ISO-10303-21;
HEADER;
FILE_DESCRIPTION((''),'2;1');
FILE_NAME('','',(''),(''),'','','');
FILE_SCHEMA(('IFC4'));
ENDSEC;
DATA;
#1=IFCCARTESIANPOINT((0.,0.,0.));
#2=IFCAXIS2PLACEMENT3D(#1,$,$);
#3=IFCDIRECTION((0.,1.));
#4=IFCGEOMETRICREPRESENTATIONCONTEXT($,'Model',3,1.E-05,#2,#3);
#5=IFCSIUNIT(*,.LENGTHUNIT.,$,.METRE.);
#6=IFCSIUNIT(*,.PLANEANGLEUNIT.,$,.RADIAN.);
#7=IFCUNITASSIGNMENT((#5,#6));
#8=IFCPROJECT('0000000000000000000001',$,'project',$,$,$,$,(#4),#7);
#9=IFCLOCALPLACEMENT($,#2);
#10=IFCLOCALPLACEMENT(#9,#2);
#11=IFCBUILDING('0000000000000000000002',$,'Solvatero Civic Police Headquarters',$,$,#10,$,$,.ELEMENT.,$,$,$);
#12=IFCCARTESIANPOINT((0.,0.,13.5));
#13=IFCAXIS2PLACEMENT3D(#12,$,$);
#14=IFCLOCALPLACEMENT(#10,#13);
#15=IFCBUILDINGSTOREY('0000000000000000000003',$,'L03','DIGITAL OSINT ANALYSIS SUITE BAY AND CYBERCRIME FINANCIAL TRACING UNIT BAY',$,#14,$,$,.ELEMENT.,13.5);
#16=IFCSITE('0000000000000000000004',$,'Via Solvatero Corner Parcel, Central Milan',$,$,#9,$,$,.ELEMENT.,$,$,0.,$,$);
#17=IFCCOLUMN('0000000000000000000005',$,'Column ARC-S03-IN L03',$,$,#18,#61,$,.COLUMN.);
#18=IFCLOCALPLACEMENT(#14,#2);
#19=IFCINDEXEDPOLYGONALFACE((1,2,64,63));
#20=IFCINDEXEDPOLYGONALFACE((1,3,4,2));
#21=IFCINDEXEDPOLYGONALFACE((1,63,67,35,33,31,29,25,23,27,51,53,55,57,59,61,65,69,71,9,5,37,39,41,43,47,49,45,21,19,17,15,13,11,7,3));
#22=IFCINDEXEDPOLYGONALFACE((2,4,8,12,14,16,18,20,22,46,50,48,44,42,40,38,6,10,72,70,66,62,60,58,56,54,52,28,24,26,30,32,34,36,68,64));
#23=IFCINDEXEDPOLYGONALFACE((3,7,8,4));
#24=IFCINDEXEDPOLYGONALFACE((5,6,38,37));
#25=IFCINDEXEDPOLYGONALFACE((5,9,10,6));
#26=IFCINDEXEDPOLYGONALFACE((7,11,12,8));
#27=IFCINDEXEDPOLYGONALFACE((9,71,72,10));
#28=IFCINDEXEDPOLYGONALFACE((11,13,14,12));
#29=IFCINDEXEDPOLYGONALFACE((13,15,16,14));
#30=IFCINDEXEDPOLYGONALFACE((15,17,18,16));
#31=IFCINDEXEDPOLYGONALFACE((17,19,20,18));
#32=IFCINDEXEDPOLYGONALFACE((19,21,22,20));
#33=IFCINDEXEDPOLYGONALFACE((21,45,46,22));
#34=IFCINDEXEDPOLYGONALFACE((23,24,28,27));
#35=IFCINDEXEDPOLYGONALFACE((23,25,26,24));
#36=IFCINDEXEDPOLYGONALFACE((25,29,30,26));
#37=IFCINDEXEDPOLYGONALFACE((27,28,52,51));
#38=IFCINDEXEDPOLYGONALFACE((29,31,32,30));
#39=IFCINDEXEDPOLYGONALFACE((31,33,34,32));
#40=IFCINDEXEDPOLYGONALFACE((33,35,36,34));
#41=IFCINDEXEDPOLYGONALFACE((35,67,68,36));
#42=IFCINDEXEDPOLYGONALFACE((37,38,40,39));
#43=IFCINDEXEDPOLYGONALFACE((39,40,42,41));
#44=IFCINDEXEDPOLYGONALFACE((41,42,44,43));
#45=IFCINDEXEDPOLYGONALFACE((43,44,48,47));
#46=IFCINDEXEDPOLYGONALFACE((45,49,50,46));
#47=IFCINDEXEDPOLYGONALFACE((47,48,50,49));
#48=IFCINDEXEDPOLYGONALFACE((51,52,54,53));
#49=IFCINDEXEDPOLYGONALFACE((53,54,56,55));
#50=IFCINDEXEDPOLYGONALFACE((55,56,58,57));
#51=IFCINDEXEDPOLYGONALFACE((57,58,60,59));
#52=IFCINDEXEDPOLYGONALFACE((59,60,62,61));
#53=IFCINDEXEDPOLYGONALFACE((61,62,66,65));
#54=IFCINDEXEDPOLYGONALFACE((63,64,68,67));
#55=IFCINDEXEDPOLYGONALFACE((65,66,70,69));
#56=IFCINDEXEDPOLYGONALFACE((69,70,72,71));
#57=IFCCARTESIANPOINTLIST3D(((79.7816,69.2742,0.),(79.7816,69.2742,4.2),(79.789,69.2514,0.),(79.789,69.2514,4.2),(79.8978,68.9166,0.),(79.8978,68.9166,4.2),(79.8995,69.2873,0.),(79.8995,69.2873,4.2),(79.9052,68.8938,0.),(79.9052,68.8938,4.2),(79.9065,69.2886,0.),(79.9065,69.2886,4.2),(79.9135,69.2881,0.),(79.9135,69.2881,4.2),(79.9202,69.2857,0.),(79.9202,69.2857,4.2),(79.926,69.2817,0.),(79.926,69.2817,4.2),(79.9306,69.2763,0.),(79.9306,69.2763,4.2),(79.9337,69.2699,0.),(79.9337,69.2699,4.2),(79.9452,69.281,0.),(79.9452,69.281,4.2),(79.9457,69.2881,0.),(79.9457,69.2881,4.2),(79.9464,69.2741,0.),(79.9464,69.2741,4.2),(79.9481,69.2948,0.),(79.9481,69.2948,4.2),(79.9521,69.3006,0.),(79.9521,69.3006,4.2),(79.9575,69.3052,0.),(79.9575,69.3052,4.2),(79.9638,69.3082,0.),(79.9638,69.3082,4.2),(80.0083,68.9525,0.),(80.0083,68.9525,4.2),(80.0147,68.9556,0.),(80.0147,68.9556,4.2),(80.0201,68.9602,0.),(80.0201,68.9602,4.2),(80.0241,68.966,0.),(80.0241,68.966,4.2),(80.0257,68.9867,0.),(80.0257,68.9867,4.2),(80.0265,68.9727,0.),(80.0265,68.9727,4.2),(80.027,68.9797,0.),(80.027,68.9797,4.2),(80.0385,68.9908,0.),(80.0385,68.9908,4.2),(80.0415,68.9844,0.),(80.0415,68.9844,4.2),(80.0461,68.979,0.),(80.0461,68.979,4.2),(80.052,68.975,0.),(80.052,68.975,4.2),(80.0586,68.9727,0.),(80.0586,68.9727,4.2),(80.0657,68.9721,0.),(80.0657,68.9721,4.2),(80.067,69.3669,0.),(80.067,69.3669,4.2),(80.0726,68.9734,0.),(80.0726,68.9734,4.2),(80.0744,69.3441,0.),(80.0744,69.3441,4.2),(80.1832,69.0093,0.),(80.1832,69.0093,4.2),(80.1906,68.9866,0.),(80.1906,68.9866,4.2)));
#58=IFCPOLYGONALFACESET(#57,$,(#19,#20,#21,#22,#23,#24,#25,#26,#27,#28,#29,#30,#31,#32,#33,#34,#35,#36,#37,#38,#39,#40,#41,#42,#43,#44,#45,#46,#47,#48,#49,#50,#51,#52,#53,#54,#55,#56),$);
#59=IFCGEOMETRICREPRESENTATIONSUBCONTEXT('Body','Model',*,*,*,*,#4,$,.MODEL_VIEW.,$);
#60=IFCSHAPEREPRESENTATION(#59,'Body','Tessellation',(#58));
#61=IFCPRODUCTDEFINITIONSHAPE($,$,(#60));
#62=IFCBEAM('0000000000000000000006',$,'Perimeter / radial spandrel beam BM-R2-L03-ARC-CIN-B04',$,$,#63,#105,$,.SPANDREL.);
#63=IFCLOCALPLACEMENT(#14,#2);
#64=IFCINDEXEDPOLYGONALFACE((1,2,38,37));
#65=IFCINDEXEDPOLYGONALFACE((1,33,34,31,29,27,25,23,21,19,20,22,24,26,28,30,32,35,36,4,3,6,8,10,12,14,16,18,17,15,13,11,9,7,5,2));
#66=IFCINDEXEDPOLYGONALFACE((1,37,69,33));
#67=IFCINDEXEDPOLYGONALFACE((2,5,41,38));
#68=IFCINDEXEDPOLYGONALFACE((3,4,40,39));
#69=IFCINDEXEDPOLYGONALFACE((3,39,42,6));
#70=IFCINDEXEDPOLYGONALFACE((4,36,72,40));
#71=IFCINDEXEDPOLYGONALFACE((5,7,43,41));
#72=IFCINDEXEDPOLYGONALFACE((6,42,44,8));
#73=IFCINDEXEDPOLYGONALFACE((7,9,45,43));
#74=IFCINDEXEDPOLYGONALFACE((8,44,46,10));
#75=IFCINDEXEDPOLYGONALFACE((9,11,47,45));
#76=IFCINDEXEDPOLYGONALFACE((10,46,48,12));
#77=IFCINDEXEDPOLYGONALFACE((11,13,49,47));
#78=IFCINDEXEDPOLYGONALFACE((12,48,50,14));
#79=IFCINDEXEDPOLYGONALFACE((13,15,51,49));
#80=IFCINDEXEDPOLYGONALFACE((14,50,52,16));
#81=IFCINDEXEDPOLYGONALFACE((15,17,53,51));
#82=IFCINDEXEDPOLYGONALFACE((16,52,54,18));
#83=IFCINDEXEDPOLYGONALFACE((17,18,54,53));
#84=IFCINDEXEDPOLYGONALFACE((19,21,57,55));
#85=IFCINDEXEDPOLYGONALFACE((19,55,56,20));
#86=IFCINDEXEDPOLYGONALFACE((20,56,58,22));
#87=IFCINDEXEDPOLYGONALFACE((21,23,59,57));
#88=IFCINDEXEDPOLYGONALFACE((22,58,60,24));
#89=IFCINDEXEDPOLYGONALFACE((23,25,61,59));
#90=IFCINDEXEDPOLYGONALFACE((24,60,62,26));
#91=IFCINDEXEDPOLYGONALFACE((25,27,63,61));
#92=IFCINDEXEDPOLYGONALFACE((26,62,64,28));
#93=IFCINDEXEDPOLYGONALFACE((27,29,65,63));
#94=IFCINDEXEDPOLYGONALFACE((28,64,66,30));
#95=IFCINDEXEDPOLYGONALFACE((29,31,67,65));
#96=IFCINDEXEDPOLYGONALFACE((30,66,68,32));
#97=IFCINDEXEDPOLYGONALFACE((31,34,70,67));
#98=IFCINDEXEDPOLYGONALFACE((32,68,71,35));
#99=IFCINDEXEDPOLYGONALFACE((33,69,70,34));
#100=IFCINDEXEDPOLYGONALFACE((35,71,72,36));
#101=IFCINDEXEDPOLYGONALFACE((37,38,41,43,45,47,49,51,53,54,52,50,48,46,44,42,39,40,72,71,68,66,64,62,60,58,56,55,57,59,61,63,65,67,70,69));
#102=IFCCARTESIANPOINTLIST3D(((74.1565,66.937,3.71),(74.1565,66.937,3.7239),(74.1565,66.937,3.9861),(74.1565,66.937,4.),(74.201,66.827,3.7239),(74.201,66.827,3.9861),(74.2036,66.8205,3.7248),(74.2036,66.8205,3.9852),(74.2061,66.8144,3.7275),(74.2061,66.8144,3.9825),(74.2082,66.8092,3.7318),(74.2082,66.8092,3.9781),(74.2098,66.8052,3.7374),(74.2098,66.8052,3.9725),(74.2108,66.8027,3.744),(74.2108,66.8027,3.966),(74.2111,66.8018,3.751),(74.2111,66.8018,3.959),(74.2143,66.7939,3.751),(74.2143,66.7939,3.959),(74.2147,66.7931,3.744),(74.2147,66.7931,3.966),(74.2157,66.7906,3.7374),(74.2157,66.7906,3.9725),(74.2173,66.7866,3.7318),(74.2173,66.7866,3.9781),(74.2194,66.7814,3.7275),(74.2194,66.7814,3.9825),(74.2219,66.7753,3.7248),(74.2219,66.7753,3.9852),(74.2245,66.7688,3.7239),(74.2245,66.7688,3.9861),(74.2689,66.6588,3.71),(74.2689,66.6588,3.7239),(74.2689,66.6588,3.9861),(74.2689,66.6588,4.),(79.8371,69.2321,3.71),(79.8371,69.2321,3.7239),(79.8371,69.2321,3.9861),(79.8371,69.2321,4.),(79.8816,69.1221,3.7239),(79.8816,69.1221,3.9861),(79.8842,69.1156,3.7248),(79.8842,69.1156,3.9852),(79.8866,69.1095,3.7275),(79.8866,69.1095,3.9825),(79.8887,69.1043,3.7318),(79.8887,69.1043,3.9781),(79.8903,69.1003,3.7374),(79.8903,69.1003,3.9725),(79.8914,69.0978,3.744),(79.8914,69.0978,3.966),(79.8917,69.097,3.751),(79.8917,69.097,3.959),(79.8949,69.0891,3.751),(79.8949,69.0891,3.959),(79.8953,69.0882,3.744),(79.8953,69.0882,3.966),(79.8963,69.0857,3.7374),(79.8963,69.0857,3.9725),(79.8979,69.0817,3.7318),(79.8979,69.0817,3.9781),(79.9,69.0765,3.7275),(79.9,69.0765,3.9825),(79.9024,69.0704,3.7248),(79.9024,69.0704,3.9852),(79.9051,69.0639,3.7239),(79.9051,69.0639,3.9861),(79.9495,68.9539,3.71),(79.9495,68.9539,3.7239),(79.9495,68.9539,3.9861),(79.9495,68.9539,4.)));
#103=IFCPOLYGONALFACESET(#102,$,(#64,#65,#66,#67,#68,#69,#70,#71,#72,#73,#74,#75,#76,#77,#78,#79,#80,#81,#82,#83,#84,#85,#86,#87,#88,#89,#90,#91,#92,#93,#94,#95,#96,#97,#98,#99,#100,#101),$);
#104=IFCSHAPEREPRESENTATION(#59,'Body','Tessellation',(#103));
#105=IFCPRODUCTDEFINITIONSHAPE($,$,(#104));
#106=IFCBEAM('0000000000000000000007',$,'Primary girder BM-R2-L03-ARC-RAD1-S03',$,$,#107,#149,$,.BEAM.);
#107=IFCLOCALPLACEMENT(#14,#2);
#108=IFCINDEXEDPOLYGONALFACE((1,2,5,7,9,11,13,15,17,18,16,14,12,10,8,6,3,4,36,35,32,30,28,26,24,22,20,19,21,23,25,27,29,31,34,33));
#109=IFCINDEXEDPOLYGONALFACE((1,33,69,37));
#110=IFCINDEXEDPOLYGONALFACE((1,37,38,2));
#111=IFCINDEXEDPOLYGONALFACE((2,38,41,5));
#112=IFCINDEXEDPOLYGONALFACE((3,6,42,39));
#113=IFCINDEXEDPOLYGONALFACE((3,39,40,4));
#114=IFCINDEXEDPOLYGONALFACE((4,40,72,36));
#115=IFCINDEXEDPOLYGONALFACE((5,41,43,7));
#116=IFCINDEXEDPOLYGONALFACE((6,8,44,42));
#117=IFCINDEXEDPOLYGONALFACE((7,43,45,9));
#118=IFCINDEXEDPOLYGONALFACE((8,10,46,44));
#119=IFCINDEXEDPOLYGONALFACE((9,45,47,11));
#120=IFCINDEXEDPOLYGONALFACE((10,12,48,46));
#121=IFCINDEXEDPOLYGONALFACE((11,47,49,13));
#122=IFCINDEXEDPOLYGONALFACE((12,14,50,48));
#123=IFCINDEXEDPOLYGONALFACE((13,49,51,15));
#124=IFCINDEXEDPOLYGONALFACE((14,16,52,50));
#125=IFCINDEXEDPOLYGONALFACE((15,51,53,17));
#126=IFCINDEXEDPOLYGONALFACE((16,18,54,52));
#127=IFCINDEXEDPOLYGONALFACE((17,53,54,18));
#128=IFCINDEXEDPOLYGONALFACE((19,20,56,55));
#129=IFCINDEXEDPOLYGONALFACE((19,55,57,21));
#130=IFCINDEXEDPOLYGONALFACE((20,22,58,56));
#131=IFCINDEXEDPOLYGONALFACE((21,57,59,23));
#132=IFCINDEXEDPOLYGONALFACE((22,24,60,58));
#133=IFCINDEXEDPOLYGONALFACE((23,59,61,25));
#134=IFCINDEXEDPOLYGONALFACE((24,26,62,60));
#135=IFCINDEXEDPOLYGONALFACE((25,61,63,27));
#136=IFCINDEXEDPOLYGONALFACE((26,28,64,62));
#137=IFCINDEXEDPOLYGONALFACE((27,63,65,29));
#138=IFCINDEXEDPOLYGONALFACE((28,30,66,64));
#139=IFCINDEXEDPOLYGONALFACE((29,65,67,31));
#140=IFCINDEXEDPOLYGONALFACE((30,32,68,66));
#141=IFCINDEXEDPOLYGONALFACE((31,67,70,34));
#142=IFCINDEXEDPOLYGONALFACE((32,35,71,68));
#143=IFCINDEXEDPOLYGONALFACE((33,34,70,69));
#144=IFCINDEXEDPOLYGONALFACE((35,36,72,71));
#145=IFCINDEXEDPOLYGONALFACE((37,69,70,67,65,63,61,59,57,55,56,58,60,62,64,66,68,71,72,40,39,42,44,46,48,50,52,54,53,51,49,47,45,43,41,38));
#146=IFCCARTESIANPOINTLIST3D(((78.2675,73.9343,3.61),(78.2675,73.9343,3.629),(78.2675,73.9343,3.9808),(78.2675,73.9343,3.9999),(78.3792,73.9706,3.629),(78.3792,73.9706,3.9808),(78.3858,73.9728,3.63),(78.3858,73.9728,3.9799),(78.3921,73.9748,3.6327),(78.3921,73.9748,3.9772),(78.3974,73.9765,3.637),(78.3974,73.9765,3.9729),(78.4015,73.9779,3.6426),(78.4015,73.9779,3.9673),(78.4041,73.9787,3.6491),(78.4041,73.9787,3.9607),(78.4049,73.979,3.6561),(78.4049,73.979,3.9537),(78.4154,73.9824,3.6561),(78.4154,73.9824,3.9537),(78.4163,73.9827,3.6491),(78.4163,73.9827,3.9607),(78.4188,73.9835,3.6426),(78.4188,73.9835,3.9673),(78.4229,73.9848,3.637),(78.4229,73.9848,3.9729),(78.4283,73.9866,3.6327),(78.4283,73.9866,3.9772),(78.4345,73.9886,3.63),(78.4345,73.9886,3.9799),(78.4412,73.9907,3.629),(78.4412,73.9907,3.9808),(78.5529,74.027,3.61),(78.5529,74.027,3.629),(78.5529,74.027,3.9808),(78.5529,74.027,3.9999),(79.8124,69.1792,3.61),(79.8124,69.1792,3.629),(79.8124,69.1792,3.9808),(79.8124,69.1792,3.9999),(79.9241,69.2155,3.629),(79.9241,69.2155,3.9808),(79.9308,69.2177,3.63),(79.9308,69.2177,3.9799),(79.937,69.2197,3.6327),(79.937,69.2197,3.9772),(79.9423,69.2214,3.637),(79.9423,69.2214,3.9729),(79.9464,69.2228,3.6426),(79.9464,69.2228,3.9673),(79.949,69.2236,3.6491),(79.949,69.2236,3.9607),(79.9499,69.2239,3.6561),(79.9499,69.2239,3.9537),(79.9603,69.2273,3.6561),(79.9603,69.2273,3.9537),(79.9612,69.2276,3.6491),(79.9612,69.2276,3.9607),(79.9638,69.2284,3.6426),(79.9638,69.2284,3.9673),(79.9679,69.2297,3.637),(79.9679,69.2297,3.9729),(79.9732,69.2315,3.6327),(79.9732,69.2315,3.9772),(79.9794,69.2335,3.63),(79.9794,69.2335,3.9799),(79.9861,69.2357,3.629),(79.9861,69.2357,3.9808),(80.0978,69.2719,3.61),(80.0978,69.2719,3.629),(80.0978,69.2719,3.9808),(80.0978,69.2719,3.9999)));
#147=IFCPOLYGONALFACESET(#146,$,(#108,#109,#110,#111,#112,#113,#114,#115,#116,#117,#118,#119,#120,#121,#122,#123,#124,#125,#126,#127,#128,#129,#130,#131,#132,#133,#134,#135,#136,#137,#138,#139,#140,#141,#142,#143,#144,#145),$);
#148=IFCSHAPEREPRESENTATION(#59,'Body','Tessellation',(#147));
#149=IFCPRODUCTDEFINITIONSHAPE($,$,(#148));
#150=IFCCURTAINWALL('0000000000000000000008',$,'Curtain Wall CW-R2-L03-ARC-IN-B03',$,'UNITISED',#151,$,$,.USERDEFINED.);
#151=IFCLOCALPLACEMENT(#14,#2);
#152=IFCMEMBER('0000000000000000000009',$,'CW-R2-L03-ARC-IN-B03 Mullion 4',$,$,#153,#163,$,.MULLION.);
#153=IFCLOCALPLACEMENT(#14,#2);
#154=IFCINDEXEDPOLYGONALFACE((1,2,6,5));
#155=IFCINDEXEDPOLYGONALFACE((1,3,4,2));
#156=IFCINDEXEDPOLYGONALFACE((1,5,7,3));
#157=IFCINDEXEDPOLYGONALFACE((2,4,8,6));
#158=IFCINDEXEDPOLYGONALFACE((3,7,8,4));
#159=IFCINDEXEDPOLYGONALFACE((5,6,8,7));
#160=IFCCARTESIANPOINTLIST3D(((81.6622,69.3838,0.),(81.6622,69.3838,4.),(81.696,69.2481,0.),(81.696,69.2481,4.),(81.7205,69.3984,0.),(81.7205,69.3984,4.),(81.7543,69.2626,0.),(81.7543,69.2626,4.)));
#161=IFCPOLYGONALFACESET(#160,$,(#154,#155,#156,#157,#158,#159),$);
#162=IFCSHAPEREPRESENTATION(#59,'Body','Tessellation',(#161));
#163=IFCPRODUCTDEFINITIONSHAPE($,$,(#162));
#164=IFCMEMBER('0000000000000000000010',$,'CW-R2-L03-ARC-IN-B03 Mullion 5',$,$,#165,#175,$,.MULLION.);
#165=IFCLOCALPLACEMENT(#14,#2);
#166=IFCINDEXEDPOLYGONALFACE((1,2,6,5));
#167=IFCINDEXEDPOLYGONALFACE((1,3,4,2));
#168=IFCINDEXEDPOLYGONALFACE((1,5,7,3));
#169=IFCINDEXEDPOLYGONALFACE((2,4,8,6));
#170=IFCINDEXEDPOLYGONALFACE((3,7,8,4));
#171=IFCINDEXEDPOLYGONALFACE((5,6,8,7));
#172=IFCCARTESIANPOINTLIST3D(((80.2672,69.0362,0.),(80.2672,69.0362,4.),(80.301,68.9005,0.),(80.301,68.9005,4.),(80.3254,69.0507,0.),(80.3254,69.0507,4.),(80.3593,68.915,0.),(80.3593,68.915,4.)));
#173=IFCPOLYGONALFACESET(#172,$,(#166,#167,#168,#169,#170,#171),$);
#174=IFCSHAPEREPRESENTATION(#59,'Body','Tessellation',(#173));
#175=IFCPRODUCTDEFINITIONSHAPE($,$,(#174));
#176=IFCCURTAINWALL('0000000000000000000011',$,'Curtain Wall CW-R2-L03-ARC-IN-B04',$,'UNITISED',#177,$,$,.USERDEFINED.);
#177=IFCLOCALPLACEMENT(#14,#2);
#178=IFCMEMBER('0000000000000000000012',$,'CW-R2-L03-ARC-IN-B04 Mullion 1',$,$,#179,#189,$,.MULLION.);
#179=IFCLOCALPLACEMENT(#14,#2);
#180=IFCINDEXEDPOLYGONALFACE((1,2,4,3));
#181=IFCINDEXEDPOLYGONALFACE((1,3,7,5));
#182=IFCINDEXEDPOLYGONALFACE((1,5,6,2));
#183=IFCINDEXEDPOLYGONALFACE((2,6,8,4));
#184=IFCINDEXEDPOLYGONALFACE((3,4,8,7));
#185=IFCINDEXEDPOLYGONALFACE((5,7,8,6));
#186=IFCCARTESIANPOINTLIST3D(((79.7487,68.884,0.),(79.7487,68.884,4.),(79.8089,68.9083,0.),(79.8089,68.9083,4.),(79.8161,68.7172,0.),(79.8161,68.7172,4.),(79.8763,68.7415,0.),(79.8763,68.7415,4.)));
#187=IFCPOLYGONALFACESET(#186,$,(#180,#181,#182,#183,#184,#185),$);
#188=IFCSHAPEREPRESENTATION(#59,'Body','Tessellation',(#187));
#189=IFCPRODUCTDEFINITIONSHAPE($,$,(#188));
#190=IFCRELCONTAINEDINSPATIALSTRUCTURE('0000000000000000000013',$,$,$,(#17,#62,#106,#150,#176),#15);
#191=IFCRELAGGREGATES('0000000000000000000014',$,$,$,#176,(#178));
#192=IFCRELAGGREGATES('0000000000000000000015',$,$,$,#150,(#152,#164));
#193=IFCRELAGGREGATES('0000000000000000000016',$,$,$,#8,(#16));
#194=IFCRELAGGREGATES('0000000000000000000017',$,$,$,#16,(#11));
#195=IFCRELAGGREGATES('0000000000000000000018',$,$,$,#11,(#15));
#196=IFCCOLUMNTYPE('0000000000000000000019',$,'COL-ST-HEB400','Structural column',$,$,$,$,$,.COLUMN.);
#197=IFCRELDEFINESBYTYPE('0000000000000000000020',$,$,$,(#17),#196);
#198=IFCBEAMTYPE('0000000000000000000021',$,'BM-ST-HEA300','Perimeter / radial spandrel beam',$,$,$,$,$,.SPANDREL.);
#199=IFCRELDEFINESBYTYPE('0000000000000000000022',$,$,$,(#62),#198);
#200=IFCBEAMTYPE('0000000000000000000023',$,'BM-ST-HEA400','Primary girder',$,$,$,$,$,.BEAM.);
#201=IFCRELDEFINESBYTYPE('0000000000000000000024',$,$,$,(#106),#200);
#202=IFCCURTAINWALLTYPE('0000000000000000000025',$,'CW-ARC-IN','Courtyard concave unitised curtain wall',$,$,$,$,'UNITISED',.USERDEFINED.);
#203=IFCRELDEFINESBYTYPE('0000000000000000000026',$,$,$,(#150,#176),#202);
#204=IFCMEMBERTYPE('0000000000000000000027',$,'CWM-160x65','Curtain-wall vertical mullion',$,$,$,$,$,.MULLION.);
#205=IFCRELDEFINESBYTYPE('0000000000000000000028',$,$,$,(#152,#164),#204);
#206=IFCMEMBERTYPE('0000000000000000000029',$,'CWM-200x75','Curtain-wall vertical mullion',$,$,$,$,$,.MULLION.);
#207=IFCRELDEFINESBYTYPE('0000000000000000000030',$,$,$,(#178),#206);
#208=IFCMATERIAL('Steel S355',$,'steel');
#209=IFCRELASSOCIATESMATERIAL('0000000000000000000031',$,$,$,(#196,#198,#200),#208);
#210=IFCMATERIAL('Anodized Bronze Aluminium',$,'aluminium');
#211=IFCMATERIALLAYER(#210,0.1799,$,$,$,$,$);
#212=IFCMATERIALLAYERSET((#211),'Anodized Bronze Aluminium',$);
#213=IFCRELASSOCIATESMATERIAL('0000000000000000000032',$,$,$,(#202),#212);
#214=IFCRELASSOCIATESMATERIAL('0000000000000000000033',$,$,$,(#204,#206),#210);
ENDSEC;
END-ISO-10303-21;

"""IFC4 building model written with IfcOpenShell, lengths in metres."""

from ifc_helpers import new_model, si_unit, direction, frame, origin, origin_2d, place, context, subcontext, project, spatial, rectangle, i_section, extrude, material, layer, layer_set, material_profile, profile_set, type_object, element, aggregate, save


model = new_model("IFC4")

# Units and contexts
model_context = context("Model", 3, precision=1e-05, world=origin(), true_north=direction((0.0, 1.0)))
body_context = subcontext(model_context, "Body", "Model", "MODEL_VIEW")
ifc_project = project(units=[si_unit("LENGTHUNIT", "METRE"), si_unit("PLANEANGLEUNIT", "RADIAN")], contexts=[model_context])

# Site, building, storey
site_placement = place(None, origin())
site = spatial("IfcSite", under=ifc_project, at=site_placement, Name="Via Solvatero Corner Parcel, Central Milan", CompositionType="ELEMENT", RefElevation=0.0)
building_placement = place(site_placement, origin())
building = spatial("IfcBuilding", under=site, at=building_placement, Name="Solvatero Civic Police Headquarters", CompositionType="ELEMENT")
storey_placement = place(building_placement, frame((0.0, 0.0, 13.5)))
storey = spatial("IfcBuildingStorey", under=building, at=storey_placement, Name="L03", Description="DIGITAL OSINT ANALYSIS SUITE BAY AND CYBERCRIME FINANCIAL TRACING UNIT BAY", CompositionType="ELEMENT", Elevation=13.5)

# Column
ifc_material_1 = material(Name="Steel S355", Category="steel")
ifc_material_profile_1 = material_profile(ifc_material_1, i_section(OverallWidth=0.3, OverallDepth=0.3999, WebThickness=0.0134, FlangeThickness=0.0239, FilletRadius=0.0271, at=origin_2d()), Name="HEB 400")
ifc_profile_set_1 = profile_set([ifc_material_profile_1], Name="Steel S355")
column_type = type_object("IfcColumnType", Name="COL-ST-HEB400", Description="Structural column", PredefinedType="COLUMN", material=ifc_profile_set_1)
column_placement = place(storey_placement, frame((79.9861, 69.1304, 0.0), z_axis=(0.0, 0.0, 1.0), x_axis=(0.951057, 0.309017, 0.0)))
element("IfcColumn", 1, at=column_placement, inside=storey, type_object=column_type, Name="Column ARC-S03-IN L03", PredefinedType="COLUMN", context=body_context, shape_type="SweptSolid", body=[
    extrude(i_section(OverallWidth=0.3, OverallDepth=0.3999, WebThickness=0.0134, FlangeThickness=0.0239, FilletRadius=0.0271, at=origin_2d()), origin(), (0.0, 0.0, 1.0), 4.2),
])

# Beams
ifc_material_profile_2 = material_profile(ifc_material_1, i_section(OverallWidth=0.3, OverallDepth=0.29, WebThickness=0.0085, FlangeThickness=0.0139, FilletRadius=0.0271, at=origin_2d()), Name="HEA 300")
ifc_profile_set_2 = profile_set([ifc_material_profile_2], Name="Steel S355")
beam_type_1 = type_object("IfcBeamType", Name="BM-ST-HEA300", Description="Perimeter / radial spandrel beam", PredefinedType="SPANDREL", material=ifc_profile_set_2)
beam_1_placement = place(storey_placement, frame((79.8933, 69.093, 3.855), z_axis=(-0.927182, -0.374611, 0.0), x_axis=(0.374611, -0.927182, 0.0)))
element("IfcBeam", 2, at=beam_1_placement, inside=storey, type_object=beam_type_1, Name="Perimeter / radial spandrel beam BM-R2-L03-ARC-CIN-B04", PredefinedType="SPANDREL", context=body_context, shape_type="SweptSolid", body=[
    extrude(i_section(OverallWidth=0.3, OverallDepth=0.29, WebThickness=0.0085, FlangeThickness=0.0139, FilletRadius=0.0271, at=origin_2d()), origin(), (0.0, 0.0, 1.0), 6.1267),
])
ifc_material_profile_3 = material_profile(ifc_material_1, i_section(OverallWidth=0.3, OverallDepth=0.3899, WebThickness=0.011, FlangeThickness=0.019, FilletRadius=0.0271, at=origin_2d()), Name="HEA 400")
ifc_profile_set_3 = profile_set([ifc_material_profile_3], Name="Steel S355")
beam_type_2 = type_object("IfcBeamType", Name="BM-ST-HEA400", Description="Primary girder", PredefinedType="BEAM", material=ifc_profile_set_3)
beam_2_placement = place(storey_placement, frame((79.9551, 69.2256, 3.8049), z_axis=(-0.308997, 0.951063, 0.0), x_axis=(-0.951063, -0.308997, 0.0)))
element("IfcBeam", 3, at=beam_2_placement, inside=storey, type_object=beam_type_2, Name="Primary girder BM-R2-L03-ARC-RAD1-S03", PredefinedType="BEAM", context=body_context, shape_type="SweptSolid", body=[
    extrude(i_section(OverallWidth=0.3, OverallDepth=0.3899, WebThickness=0.011, FlangeThickness=0.019, FilletRadius=0.0271, at=origin_2d()), origin(), (0.0, 0.0, 1.0), 4.9998),
])

# Curtain walls, members
ifc_material_2 = material(Name="Anodized Bronze Aluminium", Category="aluminium")
ifc_layer_1 = layer(ifc_material_2, 0.1799)
ifc_layer_set_1 = layer_set([ifc_layer_1], Name="Anodized Bronze Aluminium")
curtain_wall_type = type_object("IfcCurtainWallType", Name="CW-ARC-IN", Description="Courtyard concave unitised curtain wall", ElementType="UNITISED", PredefinedType="USERDEFINED", material=ifc_layer_set_1)
curtain_wall_1_placement = place(storey_placement, origin())
curtain_wall_1 = element("IfcCurtainWall", 4, at=curtain_wall_1_placement, inside=storey, type_object=curtain_wall_type, Name="Curtain Wall CW-R2-L03-ARC-IN-B03", ObjectType="UNITISED", PredefinedType="USERDEFINED")
ifc_material_profile_4 = material_profile(ifc_material_2, rectangle(XDim=0.0601, YDim=0.1399, at=origin_2d()), Name="ALU MULLION 60x140")
ifc_profile_set_4 = profile_set([ifc_material_profile_4], Name="Anodized Bronze Aluminium")
member_type_1 = type_object("IfcMemberType", Name="CWM-160x65", Description="Curtain-wall vertical mullion", PredefinedType="MULLION", material=ifc_profile_set_4)
member_1_placement = place(storey_placement, frame((81.7083, 69.3232, 0.0), z_axis=(0.0, 0.0, 1.0), x_axis=(-0.9703, -0.241905, 0.0)))
member_1 = element("IfcMember", 5, at=member_1_placement, type_object=member_type_1, Name="CW-R2-L03-ARC-IN-B03 Mullion 4", PredefinedType="MULLION", context=body_context, shape_type="SweptSolid", body=[
    extrude(rectangle(XDim=0.0601, YDim=0.1399, at=origin_2d()), origin(), (0.0, 0.0, 1.0), 4.0),
])
member_2_placement = place(storey_placement, frame((80.3132, 68.9756, 0.0), z_axis=(0.0, 0.0, 1.0), x_axis=(-0.9703, -0.241905, 0.0)))
member_2 = element("IfcMember", 6, at=member_2_placement, type_object=member_type_1, Name="CW-R2-L03-ARC-IN-B03 Mullion 5", PredefinedType="MULLION", context=body_context, shape_type="SweptSolid", body=[
    extrude(rectangle(XDim=0.0601, YDim=0.1399, at=origin_2d()), origin(), (0.0, 0.0, 1.0), 4.0),
])
curtain_wall_2_placement = place(storey_placement, origin())
curtain_wall_2 = element("IfcCurtainWall", 7, at=curtain_wall_2_placement, inside=storey, type_object=curtain_wall_type, Name="Curtain Wall CW-R2-L03-ARC-IN-B04", ObjectType="UNITISED", PredefinedType="USERDEFINED")
ifc_material_profile_5 = material_profile(ifc_material_2, rectangle(XDim=0.0649, YDim=0.1799, at=origin_2d()), Name="ALU MULLION 65x180")
ifc_profile_set_5 = profile_set([ifc_material_profile_5], Name="Anodized Bronze Aluminium")
member_type_2 = type_object("IfcMemberType", Name="CWM-200x75", Description="Curtain-wall vertical mullion", PredefinedType="MULLION", material=ifc_profile_set_5)
member_3_placement = place(storey_placement, frame((79.8125, 68.8127, 0.0), z_axis=(0.0, 0.0, 1.0), x_axis=(-0.927184, -0.374607, 0.0)))
member_3 = element("IfcMember", 8, at=member_3_placement, type_object=member_type_2, Name="CW-R2-L03-ARC-IN-B04 Mullion 1", PredefinedType="MULLION", context=body_context, shape_type="SweptSolid", body=[
    extrude(rectangle(XDim=0.0649, YDim=0.1799, at=origin_2d()), origin(), (0.0, 0.0, 1.0), 4.0),
])

aggregate(curtain_wall_2, [member_3])
aggregate(curtain_wall_1, [member_1, member_2])

save(model, "model.ifc")
